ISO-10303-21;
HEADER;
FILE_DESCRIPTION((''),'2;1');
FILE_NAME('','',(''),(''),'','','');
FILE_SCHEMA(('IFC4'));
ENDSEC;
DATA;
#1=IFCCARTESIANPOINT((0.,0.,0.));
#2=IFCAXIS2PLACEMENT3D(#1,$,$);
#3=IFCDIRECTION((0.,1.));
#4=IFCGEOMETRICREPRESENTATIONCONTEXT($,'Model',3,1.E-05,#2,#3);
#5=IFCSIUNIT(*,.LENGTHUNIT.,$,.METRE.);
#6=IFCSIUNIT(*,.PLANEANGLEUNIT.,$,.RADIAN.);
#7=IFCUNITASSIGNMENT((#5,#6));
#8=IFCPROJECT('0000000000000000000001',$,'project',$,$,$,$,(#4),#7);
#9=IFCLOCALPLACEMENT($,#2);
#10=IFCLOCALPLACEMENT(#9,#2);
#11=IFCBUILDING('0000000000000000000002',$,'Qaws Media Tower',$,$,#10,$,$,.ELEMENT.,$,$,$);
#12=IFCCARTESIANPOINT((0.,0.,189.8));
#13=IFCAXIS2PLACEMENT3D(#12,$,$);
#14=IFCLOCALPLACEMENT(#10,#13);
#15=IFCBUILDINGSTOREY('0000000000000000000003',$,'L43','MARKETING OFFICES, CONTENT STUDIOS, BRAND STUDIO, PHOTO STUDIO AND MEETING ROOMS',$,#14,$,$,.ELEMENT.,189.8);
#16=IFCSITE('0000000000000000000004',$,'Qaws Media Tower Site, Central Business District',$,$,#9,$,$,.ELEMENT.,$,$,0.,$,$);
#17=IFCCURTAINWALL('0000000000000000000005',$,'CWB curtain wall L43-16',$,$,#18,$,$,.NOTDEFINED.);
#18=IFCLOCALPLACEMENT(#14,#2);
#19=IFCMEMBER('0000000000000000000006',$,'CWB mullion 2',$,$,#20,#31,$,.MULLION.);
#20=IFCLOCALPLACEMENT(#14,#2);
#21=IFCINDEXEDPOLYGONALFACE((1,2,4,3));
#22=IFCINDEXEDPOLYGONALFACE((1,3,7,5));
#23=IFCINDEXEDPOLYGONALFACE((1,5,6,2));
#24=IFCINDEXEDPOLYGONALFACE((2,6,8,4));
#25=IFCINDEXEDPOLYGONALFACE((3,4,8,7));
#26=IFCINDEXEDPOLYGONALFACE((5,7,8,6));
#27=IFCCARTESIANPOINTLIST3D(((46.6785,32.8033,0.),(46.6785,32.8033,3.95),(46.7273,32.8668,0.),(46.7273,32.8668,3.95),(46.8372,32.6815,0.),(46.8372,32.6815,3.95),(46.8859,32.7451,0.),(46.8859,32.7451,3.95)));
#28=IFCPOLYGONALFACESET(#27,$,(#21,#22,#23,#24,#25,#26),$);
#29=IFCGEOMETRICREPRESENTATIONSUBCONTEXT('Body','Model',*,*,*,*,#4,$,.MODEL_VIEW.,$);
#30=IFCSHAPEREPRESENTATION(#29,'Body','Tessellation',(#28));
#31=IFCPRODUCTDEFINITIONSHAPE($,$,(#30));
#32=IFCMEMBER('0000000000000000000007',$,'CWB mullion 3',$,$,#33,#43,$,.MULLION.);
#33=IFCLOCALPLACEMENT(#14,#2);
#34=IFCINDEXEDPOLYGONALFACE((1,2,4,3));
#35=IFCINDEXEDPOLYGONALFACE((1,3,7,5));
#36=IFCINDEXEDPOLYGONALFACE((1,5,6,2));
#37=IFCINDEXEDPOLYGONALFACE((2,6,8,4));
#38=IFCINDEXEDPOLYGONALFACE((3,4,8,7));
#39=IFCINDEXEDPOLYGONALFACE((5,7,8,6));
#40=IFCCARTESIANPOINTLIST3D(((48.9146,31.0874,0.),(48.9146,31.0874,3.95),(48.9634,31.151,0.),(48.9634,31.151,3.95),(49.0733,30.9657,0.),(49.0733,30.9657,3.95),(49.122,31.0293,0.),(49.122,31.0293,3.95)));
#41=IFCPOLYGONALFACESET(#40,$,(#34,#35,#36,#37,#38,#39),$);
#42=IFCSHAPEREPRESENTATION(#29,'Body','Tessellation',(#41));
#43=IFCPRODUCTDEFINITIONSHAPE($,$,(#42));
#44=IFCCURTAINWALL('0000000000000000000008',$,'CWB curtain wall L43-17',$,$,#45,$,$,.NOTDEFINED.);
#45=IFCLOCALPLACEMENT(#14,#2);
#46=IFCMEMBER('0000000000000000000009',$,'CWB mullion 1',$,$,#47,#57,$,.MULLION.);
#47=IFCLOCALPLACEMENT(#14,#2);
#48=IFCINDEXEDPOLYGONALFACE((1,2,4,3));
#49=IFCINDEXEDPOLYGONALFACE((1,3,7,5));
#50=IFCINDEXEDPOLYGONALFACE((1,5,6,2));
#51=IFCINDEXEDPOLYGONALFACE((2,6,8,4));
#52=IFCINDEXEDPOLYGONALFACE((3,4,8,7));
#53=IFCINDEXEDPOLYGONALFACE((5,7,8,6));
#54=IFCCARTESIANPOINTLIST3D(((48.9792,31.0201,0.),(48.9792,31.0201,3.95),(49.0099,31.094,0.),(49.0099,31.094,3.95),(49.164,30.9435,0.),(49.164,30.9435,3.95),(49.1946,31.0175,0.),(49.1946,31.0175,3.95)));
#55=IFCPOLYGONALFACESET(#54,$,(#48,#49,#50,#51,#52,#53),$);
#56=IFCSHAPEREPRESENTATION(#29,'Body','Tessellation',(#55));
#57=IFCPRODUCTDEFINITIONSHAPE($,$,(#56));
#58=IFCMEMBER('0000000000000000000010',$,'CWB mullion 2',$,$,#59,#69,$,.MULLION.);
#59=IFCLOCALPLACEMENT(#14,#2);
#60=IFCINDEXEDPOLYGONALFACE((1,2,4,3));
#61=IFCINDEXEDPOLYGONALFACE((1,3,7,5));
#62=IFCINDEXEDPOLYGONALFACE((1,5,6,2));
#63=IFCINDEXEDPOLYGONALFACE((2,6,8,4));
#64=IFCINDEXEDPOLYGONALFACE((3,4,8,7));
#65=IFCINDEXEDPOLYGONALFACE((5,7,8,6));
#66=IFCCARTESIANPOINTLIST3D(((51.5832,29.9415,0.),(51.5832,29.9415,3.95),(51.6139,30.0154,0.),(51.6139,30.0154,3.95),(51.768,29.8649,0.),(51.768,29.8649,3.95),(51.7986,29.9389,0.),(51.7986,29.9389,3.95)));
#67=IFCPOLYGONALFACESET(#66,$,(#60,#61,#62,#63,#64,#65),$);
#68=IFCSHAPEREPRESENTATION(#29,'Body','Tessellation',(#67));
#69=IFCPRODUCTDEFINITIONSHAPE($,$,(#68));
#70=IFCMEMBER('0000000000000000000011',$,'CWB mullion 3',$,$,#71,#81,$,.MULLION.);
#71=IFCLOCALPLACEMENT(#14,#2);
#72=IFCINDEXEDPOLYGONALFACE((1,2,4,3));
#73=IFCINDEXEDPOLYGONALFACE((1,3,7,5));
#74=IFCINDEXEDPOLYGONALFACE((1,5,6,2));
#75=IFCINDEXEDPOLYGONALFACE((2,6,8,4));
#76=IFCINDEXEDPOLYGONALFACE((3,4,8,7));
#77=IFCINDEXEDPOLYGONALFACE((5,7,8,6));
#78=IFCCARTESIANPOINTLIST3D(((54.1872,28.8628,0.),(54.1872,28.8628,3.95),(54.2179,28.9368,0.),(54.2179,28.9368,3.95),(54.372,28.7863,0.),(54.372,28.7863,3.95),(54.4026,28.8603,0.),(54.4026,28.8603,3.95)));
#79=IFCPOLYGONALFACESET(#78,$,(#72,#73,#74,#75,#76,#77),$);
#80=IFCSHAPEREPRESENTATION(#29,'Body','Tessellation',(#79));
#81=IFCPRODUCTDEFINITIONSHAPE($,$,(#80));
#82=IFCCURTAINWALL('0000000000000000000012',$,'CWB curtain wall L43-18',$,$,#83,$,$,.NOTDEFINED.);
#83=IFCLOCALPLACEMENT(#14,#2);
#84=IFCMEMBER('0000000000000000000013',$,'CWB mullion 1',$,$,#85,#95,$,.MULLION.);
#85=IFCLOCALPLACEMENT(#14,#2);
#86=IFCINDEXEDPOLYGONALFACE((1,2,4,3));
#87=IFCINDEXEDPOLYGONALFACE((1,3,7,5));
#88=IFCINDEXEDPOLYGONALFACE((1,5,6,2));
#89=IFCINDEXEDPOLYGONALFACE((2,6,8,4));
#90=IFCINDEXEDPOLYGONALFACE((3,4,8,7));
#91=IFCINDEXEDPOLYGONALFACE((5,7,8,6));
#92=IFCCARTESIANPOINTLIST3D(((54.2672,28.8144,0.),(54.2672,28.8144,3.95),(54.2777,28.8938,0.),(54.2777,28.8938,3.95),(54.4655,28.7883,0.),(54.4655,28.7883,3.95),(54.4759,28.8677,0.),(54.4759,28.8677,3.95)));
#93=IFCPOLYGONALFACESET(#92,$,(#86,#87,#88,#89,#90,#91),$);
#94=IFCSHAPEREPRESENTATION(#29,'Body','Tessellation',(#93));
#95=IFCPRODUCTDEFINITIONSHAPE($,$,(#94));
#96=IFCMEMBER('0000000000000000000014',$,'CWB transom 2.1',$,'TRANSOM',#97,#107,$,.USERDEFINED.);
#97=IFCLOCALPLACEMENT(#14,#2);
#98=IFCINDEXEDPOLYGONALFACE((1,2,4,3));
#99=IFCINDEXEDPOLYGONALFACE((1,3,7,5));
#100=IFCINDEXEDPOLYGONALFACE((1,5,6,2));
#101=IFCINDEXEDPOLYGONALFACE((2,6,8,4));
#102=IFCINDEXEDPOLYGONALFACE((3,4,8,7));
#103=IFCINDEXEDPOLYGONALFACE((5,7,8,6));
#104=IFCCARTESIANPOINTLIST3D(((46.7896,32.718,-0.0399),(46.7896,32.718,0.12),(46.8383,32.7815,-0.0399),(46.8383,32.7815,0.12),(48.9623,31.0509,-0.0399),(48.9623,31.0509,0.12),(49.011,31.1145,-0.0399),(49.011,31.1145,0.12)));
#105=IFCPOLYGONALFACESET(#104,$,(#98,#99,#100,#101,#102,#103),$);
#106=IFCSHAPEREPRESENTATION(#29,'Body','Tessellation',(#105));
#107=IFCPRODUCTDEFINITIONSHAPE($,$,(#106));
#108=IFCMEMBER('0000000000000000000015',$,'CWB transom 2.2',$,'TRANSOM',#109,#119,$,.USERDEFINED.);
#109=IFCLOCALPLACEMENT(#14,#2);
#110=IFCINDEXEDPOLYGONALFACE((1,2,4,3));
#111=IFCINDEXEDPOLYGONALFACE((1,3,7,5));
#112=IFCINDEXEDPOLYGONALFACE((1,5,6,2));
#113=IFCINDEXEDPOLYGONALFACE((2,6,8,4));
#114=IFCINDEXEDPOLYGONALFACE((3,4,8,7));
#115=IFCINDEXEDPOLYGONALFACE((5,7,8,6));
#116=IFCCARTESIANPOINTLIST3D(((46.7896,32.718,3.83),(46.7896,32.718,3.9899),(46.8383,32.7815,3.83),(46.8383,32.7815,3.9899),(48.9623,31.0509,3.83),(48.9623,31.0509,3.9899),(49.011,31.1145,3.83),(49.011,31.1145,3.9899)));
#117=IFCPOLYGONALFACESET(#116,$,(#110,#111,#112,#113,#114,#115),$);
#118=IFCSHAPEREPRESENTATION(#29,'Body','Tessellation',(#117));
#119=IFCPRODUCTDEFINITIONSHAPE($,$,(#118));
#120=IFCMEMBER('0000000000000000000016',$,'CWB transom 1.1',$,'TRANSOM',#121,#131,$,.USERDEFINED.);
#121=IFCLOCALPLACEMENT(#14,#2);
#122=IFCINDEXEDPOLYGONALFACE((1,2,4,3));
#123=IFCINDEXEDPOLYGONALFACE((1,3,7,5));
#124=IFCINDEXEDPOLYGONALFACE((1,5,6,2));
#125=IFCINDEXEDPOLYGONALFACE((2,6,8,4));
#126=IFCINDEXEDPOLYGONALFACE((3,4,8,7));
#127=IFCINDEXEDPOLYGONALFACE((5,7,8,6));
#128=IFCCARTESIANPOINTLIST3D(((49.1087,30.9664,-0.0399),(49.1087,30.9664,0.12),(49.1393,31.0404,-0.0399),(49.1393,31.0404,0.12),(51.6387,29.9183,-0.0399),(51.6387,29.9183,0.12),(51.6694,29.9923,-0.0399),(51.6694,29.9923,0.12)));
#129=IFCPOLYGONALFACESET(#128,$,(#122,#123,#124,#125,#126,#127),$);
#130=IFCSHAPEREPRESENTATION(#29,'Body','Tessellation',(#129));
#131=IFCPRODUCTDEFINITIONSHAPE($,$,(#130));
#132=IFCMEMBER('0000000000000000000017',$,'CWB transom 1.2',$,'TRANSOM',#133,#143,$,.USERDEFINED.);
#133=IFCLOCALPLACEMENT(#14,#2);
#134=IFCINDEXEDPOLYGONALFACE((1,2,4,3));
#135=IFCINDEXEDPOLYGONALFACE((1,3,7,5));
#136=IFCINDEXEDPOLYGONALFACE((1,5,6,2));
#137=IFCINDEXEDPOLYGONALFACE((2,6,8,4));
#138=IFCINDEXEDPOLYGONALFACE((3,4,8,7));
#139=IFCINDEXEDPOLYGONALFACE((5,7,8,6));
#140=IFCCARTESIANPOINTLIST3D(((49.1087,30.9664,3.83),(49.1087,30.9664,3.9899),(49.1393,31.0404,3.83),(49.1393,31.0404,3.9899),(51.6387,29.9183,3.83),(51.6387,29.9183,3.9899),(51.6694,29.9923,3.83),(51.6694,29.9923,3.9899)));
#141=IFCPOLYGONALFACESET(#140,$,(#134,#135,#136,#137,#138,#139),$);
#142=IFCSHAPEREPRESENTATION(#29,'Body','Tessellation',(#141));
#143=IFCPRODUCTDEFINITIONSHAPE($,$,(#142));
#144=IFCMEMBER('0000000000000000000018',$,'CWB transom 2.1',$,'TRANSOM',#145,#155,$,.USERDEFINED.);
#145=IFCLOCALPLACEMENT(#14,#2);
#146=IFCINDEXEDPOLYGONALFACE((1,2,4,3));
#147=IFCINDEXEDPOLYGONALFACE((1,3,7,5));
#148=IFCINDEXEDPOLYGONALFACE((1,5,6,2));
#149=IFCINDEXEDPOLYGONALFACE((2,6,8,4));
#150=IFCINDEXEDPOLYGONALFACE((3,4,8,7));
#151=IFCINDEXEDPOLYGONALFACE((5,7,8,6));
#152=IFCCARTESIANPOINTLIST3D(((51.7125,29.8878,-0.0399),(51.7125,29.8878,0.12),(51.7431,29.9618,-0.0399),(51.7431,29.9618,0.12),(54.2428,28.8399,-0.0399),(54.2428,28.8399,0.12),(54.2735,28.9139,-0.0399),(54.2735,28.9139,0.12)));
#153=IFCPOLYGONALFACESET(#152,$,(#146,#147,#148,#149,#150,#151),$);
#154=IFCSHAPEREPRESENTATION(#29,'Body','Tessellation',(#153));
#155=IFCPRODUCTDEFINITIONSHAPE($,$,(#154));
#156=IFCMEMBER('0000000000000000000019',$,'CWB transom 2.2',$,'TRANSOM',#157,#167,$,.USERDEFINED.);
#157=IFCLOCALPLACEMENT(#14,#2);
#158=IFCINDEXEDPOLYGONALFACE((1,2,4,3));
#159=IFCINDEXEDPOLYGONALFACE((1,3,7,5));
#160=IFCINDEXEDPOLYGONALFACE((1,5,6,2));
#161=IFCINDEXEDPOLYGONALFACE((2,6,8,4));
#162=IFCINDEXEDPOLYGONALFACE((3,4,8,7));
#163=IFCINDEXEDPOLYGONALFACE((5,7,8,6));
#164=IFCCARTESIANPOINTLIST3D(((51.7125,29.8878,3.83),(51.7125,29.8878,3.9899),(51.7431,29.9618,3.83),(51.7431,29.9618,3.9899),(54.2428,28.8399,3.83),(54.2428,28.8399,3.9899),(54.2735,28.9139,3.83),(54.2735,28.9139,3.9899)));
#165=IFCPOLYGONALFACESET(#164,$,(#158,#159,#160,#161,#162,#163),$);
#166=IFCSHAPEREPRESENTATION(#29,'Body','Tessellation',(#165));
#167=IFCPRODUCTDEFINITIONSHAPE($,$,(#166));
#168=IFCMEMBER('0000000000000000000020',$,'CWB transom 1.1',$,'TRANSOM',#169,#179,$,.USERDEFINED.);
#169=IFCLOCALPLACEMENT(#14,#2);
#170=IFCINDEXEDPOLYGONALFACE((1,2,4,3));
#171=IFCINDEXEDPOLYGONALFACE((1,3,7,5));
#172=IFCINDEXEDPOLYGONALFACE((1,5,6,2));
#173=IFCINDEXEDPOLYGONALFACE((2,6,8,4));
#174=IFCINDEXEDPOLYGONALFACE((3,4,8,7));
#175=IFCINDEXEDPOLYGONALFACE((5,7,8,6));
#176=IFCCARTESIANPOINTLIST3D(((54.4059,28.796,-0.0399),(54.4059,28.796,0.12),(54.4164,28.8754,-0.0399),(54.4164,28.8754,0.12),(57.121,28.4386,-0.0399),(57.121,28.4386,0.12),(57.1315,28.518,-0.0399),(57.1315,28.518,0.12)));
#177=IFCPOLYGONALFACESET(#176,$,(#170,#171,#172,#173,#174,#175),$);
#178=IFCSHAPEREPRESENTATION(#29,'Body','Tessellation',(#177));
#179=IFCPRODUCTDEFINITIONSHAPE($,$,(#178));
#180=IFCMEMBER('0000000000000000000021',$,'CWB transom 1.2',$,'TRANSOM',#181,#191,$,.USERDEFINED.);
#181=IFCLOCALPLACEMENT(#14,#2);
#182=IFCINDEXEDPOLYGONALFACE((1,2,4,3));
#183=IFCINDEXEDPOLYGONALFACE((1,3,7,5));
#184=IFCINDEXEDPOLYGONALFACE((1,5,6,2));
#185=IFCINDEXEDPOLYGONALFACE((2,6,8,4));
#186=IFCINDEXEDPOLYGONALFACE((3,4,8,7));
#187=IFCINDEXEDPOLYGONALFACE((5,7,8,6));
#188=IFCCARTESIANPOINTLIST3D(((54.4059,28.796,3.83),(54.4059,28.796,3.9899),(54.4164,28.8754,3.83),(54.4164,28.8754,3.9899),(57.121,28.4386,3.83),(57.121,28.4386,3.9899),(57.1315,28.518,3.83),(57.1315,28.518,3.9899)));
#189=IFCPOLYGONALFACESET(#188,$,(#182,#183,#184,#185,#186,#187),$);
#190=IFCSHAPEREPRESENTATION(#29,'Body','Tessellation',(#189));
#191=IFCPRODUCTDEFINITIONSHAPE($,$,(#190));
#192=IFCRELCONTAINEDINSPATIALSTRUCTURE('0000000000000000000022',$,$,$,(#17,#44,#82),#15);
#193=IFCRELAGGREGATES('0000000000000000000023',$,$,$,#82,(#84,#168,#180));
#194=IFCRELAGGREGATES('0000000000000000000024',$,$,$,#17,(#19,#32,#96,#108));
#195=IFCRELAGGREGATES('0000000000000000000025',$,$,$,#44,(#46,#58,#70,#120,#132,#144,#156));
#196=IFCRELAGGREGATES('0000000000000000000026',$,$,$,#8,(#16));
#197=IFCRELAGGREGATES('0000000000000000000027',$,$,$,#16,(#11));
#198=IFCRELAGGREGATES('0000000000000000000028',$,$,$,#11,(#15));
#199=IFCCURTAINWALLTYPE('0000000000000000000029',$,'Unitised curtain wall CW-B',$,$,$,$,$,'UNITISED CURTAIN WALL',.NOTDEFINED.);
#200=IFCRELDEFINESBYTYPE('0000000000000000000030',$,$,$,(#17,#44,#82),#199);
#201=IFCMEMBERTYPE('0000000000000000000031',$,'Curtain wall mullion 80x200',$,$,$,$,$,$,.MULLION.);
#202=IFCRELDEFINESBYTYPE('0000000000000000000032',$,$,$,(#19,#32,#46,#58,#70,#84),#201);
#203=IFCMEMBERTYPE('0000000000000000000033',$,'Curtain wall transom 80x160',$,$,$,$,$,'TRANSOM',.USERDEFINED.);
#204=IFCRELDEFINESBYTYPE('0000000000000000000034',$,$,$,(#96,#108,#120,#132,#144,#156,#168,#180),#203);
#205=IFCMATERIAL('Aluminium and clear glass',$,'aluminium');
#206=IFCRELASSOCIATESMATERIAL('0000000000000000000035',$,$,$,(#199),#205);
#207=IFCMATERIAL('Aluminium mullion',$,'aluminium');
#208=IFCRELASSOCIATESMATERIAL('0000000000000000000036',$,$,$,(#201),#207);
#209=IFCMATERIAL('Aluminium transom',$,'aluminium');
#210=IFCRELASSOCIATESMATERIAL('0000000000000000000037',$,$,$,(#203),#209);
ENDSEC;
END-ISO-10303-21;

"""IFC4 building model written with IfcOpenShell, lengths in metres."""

from ifc_helpers import new_model, si_unit, direction, frame, origin, origin_2d, place, context, subcontext, project, spatial, rectangle, extrude, material, material_profile, profile_set, type_object, element, aggregate, save


model = new_model("IFC4")

# Units and contexts
model_context = context("Model", 3, precision=1e-05, world=origin(), true_north=direction((0.0, 1.0)))
body_context = subcontext(model_context, "Body", "Model", "MODEL_VIEW")
ifc_project = project(units=[si_unit("LENGTHUNIT", "METRE"), si_unit("PLANEANGLEUNIT", "RADIAN")], contexts=[model_context])

# Site, building, storey
site_placement = place(None, origin())
site = spatial("IfcSite", under=ifc_project, at=site_placement, Name="Qaws Media Tower Site, Central Business District", CompositionType="ELEMENT", RefElevation=0.0)
building_placement = place(site_placement, origin())
building = spatial("IfcBuilding", under=site, at=building_placement, Name="Qaws Media Tower", CompositionType="ELEMENT")
storey_placement = place(building_placement, frame((0.0, 0.0, 189.8)))
storey = spatial("IfcBuildingStorey", under=building, at=storey_placement, Name="L43", Description="MARKETING OFFICES, CONTENT STUDIOS, BRAND STUDIO, PHOTO STUDIO AND MEETING ROOMS", CompositionType="ELEMENT", Elevation=189.8)

# Curtain walls, members
ifc_material_1 = material(Name="Aluminium and clear glass", Category="aluminium")
curtain_wall_type = type_object("IfcCurtainWallType", Name="Unitised curtain wall CW-B", ElementType="UNITISED CURTAIN WALL", PredefinedType="NOTDEFINED", material=ifc_material_1)
curtain_wall_1_placement = place(storey_placement, origin())
curtain_wall_1 = element("IfcCurtainWall", 1, at=curtain_wall_1_placement, inside=storey, type_object=curtain_wall_type, Name="CWB curtain wall L43-16", PredefinedType="NOTDEFINED")
ifc_material_2 = material(Name="Aluminium mullion", Category="aluminium")
ifc_material_profile_1 = material_profile(ifc_material_2, rectangle(XDim=0.0801, YDim=0.2, at=origin_2d()), Name="80x200")
ifc_profile_set_1 = profile_set([ifc_material_profile_1], Name="Aluminium mullion")
member_type_1 = type_object("IfcMemberType", Name="Curtain wall mullion 80x200", PredefinedType="MULLION", material=ifc_profile_set_1)
member_1_placement = place(storey_placement, frame((46.7822, 32.7742, 0.0), z_axis=(0.0, 0.0, 1.0), x_axis=(0.608761, 0.793353, 0.0)))
member_1 = element("IfcMember", 2, at=member_1_placement, type_object=member_type_1, Name="CWB mullion 2", PredefinedType="MULLION", context=body_context, shape_type="SweptSolid", body=[
    extrude(rectangle(XDim=0.0801, YDim=0.2, at=origin_2d()), origin(), (0.0, 0.0, 1.0), 3.95),
])
member_2_placement = place(storey_placement, frame((49.0183, 31.0583, 0.0), z_axis=(0.0, 0.0, 1.0), x_axis=(0.608761, 0.793353, 0.0)))
member_2 = element("IfcMember", 3, at=member_2_placement, type_object=member_type_1, Name="CWB mullion 3", PredefinedType="MULLION", context=body_context, shape_type="SweptSolid", body=[
    extrude(rectangle(XDim=0.0801, YDim=0.2, at=origin_2d()), origin(), (0.0, 0.0, 1.0), 3.95),
])
curtain_wall_2_placement = place(storey_placement, origin())
curtain_wall_2 = element("IfcCurtainWall", 4, at=curtain_wall_2_placement, inside=storey, type_object=curtain_wall_type, Name="CWB curtain wall L43-17", PredefinedType="NOTDEFINED")
member_3_placement = place(storey_placement, frame((49.0869, 31.0188, 0.0), z_axis=(0.0, 0.0, 1.0), x_axis=(0.382684, 0.923879, 0.0)))
member_3 = element("IfcMember", 5, at=member_3_placement, type_object=member_type_1, Name="CWB mullion 1", PredefinedType="MULLION", context=body_context, shape_type="SweptSolid", body=[
    extrude(rectangle(XDim=0.0801, YDim=0.2, at=origin_2d()), origin(), (0.0, 0.0, 1.0), 3.95),
])
member_4_placement = place(storey_placement, frame((51.6909, 29.9402, 0.0), z_axis=(0.0, 0.0, 1.0), x_axis=(0.382684, 0.923879, 0.0)))
member_4 = element("IfcMember", 6, at=member_4_placement, type_object=member_type_1, Name="CWB mullion 2", PredefinedType="MULLION", context=body_context, shape_type="SweptSolid", body=[
    extrude(rectangle(XDim=0.0801, YDim=0.2, at=origin_2d()), origin(), (0.0, 0.0, 1.0), 3.95),
])
member_5_placement = place(storey_placement, frame((54.2949, 28.8616, 0.0), z_axis=(0.0, 0.0, 1.0), x_axis=(0.382684, 0.923879, 0.0)))
member_5 = element("IfcMember", 7, at=member_5_placement, type_object=member_type_1, Name="CWB mullion 3", PredefinedType="MULLION", context=body_context, shape_type="SweptSolid", body=[
    extrude(rectangle(XDim=0.0801, YDim=0.2, at=origin_2d()), origin(), (0.0, 0.0, 1.0), 3.95),
])

# Curtain wall, member
curtain_wall_3_placement = place(storey_placement, origin())
curtain_wall_3 = element("IfcCurtainWall", 8, at=curtain_wall_3_placement, inside=storey, type_object=curtain_wall_type, Name="CWB curtain wall L43-18", PredefinedType="NOTDEFINED")
member_6_placement = place(storey_placement, frame((54.3716, 28.8411, 0.0), z_axis=(0.0, 0.0, 1.0), x_axis=(0.130526, 0.991445, 0.0)))
member_6 = element("IfcMember", 9, at=member_6_placement, type_object=member_type_1, Name="CWB mullion 1", PredefinedType="MULLION", context=body_context, shape_type="SweptSolid", body=[
    extrude(rectangle(XDim=0.0801, YDim=0.2, at=origin_2d()), origin(), (0.0, 0.0, 1.0), 3.95),
])

# Members
ifc_material_3 = material(Name="Aluminium transom", Category="aluminium")
ifc_material_profile_2 = material_profile(ifc_material_3, rectangle(XDim=0.0801, YDim=0.1599, at=origin_2d()), Name="80x160")
ifc_profile_set_2 = profile_set([ifc_material_profile_2], Name="Aluminium transom")
member_type_2 = type_object("IfcMemberType", Name="Curtain wall transom 80x160", ElementType="TRANSOM", PredefinedType="USERDEFINED", material=ifc_profile_set_2)
member_7_placement = place(storey_placement, frame((46.814, 32.7498, 0.04), z_axis=(0.793372, -0.608737, 0.0), x_axis=(0.608737, 0.793372, 0.0)))
member_7 = element("IfcMember", 10, at=member_7_placement, type_object=member_type_2, Name="CWB transom 2.1", ObjectType="TRANSOM", PredefinedType="USERDEFINED", context=body_context, shape_type="SweptSolid", body=[
    extrude(rectangle(XDim=0.0801, YDim=0.1599, at=origin_2d()), origin(), (0.0, 0.0, 1.0), 2.7385),
])
member_8_placement = place(storey_placement, frame((46.814, 32.7498, 3.9099), z_axis=(0.793372, -0.608737, 0.0), x_axis=(0.608737, 0.793372, 0.0)))
member_8 = element("IfcMember", 11, at=member_8_placement, type_object=member_type_2, Name="CWB transom 2.2", ObjectType="TRANSOM", PredefinedType="USERDEFINED", context=body_context, shape_type="SweptSolid", body=[
    extrude(rectangle(XDim=0.0801, YDim=0.1599, at=origin_2d()), origin(), (0.0, 0.0, 1.0), 2.7385),
])
member_9_placement = place(storey_placement, frame((49.124, 31.0034, 0.04), z_axis=(0.923864, -0.382722, 0.0), x_axis=(0.382722, 0.923864, 0.0)))
member_9 = element("IfcMember", 12, at=member_9_placement, type_object=member_type_2, Name="CWB transom 1.1", ObjectType="TRANSOM", PredefinedType="USERDEFINED", context=body_context, shape_type="SweptSolid", body=[
    extrude(rectangle(XDim=0.0801, YDim=0.1599, at=origin_2d()), origin(), (0.0, 0.0, 1.0), 2.7385),
])
member_10_placement = place(storey_placement, frame((49.124, 31.0034, 3.9099), z_axis=(0.923864, -0.382722, 0.0), x_axis=(0.382722, 0.923864, 0.0)))
member_10 = element("IfcMember", 13, at=member_10_placement, type_object=member_type_2, Name="CWB transom 1.2", ObjectType="TRANSOM", PredefinedType="USERDEFINED", context=body_context, shape_type="SweptSolid", body=[
    extrude(rectangle(XDim=0.0801, YDim=0.1599, at=origin_2d()), origin(), (0.0, 0.0, 1.0), 2.7385),
])
member_11_placement = place(storey_placement, frame((51.7278, 29.9248, 0.04), z_axis=(0.923908, -0.382614, 0.0), x_axis=(0.382614, 0.923908, 0.0)))
member_11 = element("IfcMember", 14, at=member_11_placement, type_object=member_type_2, Name="CWB transom 2.1", ObjectType="TRANSOM", PredefinedType="USERDEFINED", context=body_context, shape_type="SweptSolid", body=[
    extrude(rectangle(XDim=0.0801, YDim=0.1599, at=origin_2d()), origin(), (0.0, 0.0, 1.0), 2.7388),
])
member_12_placement = place(storey_placement, frame((51.7278, 29.9248, 3.9099), z_axis=(0.923908, -0.382614, 0.0), x_axis=(0.382614, 0.923908, 0.0)))
member_12 = element("IfcMember", 15, at=member_12_placement, type_object=member_type_2, Name="CWB transom 2.2", ObjectType="TRANSOM", PredefinedType="USERDEFINED", context=body_context, shape_type="SweptSolid", body=[
    extrude(rectangle(XDim=0.0801, YDim=0.1599, at=origin_2d()), origin(), (0.0, 0.0, 1.0), 2.7388),
])
member_13_placement = place(storey_placement, frame((54.4111, 28.8357, 0.04), z_axis=(0.991446, -0.130517, 0.0), x_axis=(0.130517, 0.991446, 0.0)))
member_13 = element("IfcMember", 16, at=member_13_placement, type_object=member_type_2, Name="CWB transom 1.1", ObjectType="TRANSOM", PredefinedType="USERDEFINED", context=body_context, shape_type="SweptSolid", body=[
    extrude(rectangle(XDim=0.0801, YDim=0.1599, at=origin_2d()), origin(), (0.0, 0.0, 1.0), 2.7385),
])
member_14_placement = place(storey_placement, frame((54.4111, 28.8357, 3.9099), z_axis=(0.991446, -0.130517, 0.0), x_axis=(0.130517, 0.991446, 0.0)))
member_14 = element("IfcMember", 17, at=member_14_placement, type_object=member_type_2, Name="CWB transom 1.2", ObjectType="TRANSOM", PredefinedType="USERDEFINED", context=body_context, shape_type="SweptSolid", body=[
    extrude(rectangle(XDim=0.0801, YDim=0.1599, at=origin_2d()), origin(), (0.0, 0.0, 1.0), 2.7385),
])
aggregate(curtain_wall_3, [member_6, member_13, member_14])

aggregate(curtain_wall_1, [member_1, member_2, member_7, member_8])
aggregate(curtain_wall_2, [member_3, member_4, member_5, member_9, member_10, member_11, member_12])

save(model, "model.ifc")
